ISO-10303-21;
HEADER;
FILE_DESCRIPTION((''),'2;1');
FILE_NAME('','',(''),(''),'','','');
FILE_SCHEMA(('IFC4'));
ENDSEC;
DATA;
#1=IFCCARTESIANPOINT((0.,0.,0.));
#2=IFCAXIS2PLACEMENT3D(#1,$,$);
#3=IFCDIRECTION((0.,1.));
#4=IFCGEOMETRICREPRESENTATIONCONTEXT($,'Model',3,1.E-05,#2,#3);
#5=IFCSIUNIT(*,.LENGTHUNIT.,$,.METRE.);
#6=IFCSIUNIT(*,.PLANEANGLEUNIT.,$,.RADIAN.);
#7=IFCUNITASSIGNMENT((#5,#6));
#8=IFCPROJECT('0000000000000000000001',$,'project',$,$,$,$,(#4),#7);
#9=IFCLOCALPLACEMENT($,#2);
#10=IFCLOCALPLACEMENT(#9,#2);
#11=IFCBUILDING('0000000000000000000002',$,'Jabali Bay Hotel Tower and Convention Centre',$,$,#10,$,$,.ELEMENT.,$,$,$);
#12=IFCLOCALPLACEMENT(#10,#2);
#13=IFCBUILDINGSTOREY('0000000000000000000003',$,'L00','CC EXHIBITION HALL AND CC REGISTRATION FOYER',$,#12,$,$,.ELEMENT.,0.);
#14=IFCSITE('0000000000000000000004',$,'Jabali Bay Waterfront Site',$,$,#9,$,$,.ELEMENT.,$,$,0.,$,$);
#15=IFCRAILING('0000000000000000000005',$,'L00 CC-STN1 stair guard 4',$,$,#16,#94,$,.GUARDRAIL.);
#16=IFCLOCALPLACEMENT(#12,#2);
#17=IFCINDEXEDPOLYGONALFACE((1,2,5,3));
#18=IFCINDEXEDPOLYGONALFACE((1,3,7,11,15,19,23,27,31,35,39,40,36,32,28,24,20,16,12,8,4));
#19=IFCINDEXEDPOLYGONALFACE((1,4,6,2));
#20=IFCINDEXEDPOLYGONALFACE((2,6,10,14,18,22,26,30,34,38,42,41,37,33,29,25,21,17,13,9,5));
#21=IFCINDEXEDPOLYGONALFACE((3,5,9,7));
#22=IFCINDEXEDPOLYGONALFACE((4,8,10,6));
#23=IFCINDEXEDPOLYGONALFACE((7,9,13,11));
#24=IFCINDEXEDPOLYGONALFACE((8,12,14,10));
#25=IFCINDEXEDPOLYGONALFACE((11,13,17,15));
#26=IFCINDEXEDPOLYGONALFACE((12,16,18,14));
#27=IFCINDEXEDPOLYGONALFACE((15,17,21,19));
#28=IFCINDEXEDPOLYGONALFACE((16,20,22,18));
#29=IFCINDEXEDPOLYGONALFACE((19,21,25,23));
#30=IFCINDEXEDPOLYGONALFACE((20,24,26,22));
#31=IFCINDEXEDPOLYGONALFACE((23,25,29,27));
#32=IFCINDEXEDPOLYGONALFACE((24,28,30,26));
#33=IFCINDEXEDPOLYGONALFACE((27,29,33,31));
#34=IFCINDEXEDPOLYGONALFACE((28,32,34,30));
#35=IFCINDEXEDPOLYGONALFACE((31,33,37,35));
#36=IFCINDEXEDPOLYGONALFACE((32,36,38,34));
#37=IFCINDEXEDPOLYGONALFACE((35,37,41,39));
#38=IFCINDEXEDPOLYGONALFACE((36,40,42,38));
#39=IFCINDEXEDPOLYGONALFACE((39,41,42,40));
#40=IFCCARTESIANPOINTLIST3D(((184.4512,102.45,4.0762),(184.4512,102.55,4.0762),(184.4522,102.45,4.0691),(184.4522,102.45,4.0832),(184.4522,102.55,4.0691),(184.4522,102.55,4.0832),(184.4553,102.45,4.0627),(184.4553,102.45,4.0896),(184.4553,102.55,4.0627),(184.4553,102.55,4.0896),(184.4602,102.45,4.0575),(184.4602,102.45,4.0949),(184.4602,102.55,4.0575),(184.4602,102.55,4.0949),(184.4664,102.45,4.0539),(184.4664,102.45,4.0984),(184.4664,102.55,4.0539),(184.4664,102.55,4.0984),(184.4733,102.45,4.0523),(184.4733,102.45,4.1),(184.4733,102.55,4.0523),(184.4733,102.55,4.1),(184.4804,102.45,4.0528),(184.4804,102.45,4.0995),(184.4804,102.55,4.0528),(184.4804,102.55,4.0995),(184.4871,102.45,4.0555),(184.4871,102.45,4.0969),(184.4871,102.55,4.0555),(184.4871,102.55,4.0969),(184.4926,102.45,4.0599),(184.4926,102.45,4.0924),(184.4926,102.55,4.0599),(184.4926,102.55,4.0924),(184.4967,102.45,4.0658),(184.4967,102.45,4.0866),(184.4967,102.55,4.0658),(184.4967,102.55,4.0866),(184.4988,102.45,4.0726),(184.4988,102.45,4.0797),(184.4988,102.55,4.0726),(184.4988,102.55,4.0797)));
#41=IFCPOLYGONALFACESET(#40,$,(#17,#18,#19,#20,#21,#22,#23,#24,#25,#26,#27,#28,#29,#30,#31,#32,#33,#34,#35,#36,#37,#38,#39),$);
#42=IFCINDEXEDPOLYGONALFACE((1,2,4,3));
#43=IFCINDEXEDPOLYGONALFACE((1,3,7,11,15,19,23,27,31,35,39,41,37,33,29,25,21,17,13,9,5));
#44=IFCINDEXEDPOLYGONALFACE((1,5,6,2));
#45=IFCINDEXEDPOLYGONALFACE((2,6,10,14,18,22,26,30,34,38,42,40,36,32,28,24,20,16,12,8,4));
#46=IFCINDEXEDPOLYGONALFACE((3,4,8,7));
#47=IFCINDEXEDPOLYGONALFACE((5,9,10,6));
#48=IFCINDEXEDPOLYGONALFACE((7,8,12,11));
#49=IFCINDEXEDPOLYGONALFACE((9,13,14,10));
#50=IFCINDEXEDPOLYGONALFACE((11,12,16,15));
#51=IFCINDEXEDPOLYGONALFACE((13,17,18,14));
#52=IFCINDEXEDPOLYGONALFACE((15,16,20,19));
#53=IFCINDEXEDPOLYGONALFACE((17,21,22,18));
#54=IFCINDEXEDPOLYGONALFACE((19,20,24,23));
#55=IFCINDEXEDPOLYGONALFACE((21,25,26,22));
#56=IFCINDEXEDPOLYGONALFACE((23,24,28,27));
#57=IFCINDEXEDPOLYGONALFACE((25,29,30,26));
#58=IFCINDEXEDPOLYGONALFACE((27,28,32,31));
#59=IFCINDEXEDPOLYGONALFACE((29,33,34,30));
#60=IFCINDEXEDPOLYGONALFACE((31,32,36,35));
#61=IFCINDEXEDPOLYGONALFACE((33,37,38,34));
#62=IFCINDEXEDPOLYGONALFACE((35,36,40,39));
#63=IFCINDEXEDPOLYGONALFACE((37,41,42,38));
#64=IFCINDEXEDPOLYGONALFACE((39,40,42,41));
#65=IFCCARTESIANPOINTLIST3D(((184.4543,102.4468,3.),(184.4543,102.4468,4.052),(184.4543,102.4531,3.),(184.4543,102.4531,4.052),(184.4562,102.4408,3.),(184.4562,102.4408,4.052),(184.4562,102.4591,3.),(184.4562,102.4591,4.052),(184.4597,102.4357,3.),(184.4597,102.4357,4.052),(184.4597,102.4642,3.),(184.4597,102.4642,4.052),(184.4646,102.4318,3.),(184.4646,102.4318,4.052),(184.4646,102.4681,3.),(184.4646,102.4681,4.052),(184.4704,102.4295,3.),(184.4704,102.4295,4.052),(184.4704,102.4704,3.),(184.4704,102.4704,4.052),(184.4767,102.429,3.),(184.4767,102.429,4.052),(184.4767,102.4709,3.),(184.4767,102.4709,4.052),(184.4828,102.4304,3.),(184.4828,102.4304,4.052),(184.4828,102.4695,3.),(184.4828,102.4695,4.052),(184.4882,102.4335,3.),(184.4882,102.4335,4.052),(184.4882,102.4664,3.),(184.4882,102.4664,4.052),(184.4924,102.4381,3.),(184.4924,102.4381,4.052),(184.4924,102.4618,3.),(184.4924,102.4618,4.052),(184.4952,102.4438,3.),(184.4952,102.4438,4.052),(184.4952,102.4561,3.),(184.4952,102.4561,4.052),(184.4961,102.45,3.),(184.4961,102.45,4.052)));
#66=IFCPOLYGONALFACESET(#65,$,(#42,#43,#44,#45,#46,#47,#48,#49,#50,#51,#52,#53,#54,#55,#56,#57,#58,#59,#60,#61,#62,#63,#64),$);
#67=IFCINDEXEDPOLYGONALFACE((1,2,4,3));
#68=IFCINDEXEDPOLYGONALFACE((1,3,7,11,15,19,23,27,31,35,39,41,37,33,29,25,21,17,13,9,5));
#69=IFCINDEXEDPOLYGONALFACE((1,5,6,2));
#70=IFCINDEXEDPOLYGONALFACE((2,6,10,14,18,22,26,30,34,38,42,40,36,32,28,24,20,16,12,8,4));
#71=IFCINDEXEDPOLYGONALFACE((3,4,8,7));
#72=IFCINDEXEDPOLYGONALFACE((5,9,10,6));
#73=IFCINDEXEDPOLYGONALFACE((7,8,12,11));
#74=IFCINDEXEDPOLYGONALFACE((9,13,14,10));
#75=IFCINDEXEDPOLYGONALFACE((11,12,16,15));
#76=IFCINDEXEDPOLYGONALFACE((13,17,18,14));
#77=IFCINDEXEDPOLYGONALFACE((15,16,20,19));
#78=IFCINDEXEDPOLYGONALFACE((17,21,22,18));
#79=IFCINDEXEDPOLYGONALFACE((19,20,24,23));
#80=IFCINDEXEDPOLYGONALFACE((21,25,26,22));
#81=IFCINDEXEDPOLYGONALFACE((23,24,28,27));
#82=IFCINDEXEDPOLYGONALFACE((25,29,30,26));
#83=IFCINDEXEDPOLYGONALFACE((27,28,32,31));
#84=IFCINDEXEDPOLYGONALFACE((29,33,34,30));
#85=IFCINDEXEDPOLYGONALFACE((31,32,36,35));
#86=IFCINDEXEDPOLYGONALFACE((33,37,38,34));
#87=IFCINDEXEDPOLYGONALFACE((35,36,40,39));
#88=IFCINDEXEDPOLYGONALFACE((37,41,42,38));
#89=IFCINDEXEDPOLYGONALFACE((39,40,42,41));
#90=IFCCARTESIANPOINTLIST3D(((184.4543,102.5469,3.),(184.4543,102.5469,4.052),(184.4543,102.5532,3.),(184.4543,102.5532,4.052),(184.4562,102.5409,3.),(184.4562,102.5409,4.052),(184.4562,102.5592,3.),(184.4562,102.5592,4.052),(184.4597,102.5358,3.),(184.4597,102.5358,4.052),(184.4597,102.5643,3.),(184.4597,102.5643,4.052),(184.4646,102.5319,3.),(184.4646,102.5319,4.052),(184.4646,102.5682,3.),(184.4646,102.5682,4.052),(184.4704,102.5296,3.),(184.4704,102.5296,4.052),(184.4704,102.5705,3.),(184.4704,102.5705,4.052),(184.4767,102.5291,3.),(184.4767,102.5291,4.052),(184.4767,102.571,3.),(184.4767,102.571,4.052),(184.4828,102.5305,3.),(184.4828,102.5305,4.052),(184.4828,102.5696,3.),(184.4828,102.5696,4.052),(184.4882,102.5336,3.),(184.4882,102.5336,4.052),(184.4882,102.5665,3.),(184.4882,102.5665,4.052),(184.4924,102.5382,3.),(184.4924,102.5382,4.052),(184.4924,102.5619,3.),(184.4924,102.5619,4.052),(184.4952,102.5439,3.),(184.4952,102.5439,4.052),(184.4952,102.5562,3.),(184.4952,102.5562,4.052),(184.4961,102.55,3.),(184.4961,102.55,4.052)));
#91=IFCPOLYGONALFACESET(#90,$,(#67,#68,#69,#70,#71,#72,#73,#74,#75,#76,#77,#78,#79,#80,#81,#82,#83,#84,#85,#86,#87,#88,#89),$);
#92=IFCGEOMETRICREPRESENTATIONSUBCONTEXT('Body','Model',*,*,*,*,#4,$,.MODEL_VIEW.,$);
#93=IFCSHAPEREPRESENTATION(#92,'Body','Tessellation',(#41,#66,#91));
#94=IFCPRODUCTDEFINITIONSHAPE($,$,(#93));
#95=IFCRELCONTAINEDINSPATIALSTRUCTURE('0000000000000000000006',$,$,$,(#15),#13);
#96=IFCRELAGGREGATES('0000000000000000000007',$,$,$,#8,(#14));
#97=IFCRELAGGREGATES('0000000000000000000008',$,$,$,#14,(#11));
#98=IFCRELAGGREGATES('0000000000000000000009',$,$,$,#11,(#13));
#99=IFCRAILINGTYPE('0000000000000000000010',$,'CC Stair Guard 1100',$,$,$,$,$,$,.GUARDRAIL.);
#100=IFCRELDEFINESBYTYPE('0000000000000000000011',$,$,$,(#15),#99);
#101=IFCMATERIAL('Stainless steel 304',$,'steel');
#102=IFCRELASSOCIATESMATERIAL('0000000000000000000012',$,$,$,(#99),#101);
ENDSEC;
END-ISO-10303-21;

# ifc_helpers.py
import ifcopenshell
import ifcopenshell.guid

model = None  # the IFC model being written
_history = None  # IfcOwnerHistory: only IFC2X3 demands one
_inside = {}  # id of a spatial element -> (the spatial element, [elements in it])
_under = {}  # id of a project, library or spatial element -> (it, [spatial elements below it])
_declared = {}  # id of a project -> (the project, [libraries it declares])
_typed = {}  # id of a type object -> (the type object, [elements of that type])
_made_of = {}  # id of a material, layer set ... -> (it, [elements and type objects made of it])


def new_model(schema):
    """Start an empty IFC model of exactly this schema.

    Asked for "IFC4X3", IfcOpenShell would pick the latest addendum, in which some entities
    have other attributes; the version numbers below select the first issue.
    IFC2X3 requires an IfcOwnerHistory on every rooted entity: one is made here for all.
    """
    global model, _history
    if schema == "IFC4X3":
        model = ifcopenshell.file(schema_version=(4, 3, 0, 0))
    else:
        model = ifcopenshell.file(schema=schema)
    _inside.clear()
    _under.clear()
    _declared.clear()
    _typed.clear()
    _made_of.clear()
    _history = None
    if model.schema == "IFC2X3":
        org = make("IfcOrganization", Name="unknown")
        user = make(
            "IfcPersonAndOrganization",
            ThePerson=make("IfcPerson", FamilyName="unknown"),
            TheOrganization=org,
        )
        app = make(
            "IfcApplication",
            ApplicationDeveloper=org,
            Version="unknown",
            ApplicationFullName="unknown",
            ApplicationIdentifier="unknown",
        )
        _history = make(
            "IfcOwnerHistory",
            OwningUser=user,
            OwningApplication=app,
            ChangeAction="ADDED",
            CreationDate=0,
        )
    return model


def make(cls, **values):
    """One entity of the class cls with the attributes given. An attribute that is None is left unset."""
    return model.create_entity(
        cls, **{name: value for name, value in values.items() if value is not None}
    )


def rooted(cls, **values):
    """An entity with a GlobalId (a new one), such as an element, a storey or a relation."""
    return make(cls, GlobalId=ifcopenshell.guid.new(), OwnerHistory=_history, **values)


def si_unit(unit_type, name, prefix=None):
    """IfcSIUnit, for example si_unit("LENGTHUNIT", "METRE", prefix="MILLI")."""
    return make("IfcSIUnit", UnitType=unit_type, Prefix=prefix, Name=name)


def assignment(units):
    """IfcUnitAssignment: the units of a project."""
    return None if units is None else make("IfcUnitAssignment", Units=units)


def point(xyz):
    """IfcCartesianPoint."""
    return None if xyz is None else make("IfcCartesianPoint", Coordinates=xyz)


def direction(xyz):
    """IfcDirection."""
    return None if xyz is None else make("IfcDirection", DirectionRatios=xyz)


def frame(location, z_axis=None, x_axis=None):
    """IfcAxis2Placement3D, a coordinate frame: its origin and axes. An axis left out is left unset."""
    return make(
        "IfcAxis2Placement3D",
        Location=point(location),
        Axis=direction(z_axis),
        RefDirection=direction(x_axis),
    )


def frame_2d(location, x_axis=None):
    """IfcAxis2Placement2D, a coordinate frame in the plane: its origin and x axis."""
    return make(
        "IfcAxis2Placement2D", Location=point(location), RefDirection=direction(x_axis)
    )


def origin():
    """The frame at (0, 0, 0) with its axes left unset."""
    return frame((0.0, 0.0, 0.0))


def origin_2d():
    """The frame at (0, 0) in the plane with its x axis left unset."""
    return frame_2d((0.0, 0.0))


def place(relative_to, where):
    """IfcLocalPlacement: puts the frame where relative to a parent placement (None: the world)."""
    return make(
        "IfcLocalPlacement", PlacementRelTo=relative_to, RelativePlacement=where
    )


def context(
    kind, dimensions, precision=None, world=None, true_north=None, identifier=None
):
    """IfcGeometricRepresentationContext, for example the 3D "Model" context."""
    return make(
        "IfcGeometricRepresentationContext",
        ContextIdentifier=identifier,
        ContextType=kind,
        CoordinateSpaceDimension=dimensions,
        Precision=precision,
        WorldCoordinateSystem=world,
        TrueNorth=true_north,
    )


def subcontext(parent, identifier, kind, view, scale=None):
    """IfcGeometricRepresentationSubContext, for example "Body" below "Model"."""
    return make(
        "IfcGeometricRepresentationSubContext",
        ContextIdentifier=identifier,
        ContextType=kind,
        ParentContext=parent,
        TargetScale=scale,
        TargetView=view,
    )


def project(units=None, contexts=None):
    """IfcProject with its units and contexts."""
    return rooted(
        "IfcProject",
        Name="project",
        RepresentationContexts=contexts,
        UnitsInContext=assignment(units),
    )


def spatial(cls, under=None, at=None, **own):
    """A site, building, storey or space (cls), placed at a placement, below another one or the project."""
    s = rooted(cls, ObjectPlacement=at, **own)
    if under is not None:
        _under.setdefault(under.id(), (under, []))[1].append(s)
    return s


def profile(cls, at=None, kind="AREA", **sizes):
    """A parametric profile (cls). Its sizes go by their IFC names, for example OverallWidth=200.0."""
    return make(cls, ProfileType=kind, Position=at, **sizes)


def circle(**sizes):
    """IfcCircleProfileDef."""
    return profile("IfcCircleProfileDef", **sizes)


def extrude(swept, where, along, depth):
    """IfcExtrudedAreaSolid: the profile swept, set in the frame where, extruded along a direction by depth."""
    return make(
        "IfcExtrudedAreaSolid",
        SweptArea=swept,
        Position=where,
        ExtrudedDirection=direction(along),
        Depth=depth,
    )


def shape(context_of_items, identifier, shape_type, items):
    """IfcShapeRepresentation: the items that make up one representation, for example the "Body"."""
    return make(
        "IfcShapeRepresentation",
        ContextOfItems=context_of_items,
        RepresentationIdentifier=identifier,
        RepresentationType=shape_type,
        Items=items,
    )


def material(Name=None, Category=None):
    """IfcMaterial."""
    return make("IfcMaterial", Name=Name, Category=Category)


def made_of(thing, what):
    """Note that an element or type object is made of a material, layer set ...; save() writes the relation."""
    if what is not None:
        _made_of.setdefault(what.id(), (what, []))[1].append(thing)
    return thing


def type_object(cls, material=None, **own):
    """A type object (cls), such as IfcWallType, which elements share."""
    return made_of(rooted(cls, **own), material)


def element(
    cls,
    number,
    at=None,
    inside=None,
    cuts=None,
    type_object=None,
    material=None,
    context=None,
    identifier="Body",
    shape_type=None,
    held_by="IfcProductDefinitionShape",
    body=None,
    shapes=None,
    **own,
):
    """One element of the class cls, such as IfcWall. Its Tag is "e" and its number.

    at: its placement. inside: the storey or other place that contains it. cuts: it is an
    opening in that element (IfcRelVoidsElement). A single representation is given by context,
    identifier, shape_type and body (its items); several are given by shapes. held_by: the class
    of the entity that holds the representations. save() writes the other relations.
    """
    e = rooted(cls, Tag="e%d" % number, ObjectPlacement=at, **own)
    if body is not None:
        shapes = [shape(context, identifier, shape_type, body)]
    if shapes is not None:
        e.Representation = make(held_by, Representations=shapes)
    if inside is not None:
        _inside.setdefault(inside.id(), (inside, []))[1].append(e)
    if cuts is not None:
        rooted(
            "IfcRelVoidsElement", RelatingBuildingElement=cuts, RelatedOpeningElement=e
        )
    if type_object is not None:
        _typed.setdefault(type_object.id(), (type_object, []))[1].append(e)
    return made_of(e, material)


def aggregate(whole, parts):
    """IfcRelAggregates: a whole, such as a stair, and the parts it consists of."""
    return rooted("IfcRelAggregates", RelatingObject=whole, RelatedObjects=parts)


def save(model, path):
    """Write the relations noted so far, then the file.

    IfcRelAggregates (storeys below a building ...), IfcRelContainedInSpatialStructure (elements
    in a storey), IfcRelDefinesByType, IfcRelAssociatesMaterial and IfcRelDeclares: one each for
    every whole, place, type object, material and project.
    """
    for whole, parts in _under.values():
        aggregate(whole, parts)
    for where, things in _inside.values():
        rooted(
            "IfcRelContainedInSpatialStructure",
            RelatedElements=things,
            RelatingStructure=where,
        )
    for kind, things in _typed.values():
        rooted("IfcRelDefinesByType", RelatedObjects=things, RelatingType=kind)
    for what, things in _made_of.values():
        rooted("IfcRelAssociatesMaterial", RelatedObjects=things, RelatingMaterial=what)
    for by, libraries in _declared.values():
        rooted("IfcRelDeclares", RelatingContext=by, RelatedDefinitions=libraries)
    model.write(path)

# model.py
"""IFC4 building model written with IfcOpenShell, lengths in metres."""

from ifc_helpers import new_model, si_unit, direction, frame, origin, origin_2d, place, context, subcontext, project, spatial, circle, extrude, material, type_object, element, save


model = new_model("IFC4")

# Units and contexts
model_context = context("Model", 3, precision=1e-05, world=origin(), true_north=direction((0.0, 1.0)))
body_context = subcontext(model_context, "Body", "Model", "MODEL_VIEW")
ifc_project = project(units=[si_unit("LENGTHUNIT", "METRE"), si_unit("PLANEANGLEUNIT", "RADIAN")], contexts=[model_context])

# Site, building, storey
site_placement = place(None, origin())
site = spatial("IfcSite", under=ifc_project, at=site_placement, Name="Jabali Bay Waterfront Site", CompositionType="ELEMENT", RefElevation=0.0)
building_placement = place(site_placement, origin())
building = spatial("IfcBuilding", under=site, at=building_placement, Name="Jabali Bay Hotel Tower and Convention Centre", CompositionType="ELEMENT")
storey_placement = place(building_placement, origin())
storey = spatial("IfcBuildingStorey", under=building, at=storey_placement, Name="L00", Description="CC EXHIBITION HALL AND CC REGISTRATION FOYER", CompositionType="ELEMENT", Elevation=0.0)

# Railing
ifc_material_1 = material(Name="Stainless steel 304", Category="steel")
railing_type = type_object("IfcRailingType", Name="CC Stair Guard 1100", PredefinedType="GUARDRAIL", material=ifc_material_1)
railing_1_placement = place(storey_placement, frame((184.4751, 102.45, 3.0)))
element("IfcRailing", 1, at=railing_1_placement, inside=storey, type_object=railing_type, Name="L00 CC-STN1 stair guard 4", PredefinedType="GUARDRAIL", context=body_context, shape_type="SweptSolid", body=[
    extrude(circle(Radius=0.0239, at=origin_2d()), frame((0.0, 0.0, 1.0762), z_axis=(0.0, 1.0, 0.0), x_axis=(-1.0, 0.0, 0.0)), (0.0, 0.0, 1.0), 0.1001),
    extrude(circle(Radius=0.021, at=origin_2d()), origin(), (0.0, 0.0, 1.0), 1.052),
    extrude(circle(Radius=0.021, at=origin_2d()), frame((0.0, 0.1001, 0.0)), (0.0, 0.0, 1.0), 1.052),
])

save(model, "model.ifc")
